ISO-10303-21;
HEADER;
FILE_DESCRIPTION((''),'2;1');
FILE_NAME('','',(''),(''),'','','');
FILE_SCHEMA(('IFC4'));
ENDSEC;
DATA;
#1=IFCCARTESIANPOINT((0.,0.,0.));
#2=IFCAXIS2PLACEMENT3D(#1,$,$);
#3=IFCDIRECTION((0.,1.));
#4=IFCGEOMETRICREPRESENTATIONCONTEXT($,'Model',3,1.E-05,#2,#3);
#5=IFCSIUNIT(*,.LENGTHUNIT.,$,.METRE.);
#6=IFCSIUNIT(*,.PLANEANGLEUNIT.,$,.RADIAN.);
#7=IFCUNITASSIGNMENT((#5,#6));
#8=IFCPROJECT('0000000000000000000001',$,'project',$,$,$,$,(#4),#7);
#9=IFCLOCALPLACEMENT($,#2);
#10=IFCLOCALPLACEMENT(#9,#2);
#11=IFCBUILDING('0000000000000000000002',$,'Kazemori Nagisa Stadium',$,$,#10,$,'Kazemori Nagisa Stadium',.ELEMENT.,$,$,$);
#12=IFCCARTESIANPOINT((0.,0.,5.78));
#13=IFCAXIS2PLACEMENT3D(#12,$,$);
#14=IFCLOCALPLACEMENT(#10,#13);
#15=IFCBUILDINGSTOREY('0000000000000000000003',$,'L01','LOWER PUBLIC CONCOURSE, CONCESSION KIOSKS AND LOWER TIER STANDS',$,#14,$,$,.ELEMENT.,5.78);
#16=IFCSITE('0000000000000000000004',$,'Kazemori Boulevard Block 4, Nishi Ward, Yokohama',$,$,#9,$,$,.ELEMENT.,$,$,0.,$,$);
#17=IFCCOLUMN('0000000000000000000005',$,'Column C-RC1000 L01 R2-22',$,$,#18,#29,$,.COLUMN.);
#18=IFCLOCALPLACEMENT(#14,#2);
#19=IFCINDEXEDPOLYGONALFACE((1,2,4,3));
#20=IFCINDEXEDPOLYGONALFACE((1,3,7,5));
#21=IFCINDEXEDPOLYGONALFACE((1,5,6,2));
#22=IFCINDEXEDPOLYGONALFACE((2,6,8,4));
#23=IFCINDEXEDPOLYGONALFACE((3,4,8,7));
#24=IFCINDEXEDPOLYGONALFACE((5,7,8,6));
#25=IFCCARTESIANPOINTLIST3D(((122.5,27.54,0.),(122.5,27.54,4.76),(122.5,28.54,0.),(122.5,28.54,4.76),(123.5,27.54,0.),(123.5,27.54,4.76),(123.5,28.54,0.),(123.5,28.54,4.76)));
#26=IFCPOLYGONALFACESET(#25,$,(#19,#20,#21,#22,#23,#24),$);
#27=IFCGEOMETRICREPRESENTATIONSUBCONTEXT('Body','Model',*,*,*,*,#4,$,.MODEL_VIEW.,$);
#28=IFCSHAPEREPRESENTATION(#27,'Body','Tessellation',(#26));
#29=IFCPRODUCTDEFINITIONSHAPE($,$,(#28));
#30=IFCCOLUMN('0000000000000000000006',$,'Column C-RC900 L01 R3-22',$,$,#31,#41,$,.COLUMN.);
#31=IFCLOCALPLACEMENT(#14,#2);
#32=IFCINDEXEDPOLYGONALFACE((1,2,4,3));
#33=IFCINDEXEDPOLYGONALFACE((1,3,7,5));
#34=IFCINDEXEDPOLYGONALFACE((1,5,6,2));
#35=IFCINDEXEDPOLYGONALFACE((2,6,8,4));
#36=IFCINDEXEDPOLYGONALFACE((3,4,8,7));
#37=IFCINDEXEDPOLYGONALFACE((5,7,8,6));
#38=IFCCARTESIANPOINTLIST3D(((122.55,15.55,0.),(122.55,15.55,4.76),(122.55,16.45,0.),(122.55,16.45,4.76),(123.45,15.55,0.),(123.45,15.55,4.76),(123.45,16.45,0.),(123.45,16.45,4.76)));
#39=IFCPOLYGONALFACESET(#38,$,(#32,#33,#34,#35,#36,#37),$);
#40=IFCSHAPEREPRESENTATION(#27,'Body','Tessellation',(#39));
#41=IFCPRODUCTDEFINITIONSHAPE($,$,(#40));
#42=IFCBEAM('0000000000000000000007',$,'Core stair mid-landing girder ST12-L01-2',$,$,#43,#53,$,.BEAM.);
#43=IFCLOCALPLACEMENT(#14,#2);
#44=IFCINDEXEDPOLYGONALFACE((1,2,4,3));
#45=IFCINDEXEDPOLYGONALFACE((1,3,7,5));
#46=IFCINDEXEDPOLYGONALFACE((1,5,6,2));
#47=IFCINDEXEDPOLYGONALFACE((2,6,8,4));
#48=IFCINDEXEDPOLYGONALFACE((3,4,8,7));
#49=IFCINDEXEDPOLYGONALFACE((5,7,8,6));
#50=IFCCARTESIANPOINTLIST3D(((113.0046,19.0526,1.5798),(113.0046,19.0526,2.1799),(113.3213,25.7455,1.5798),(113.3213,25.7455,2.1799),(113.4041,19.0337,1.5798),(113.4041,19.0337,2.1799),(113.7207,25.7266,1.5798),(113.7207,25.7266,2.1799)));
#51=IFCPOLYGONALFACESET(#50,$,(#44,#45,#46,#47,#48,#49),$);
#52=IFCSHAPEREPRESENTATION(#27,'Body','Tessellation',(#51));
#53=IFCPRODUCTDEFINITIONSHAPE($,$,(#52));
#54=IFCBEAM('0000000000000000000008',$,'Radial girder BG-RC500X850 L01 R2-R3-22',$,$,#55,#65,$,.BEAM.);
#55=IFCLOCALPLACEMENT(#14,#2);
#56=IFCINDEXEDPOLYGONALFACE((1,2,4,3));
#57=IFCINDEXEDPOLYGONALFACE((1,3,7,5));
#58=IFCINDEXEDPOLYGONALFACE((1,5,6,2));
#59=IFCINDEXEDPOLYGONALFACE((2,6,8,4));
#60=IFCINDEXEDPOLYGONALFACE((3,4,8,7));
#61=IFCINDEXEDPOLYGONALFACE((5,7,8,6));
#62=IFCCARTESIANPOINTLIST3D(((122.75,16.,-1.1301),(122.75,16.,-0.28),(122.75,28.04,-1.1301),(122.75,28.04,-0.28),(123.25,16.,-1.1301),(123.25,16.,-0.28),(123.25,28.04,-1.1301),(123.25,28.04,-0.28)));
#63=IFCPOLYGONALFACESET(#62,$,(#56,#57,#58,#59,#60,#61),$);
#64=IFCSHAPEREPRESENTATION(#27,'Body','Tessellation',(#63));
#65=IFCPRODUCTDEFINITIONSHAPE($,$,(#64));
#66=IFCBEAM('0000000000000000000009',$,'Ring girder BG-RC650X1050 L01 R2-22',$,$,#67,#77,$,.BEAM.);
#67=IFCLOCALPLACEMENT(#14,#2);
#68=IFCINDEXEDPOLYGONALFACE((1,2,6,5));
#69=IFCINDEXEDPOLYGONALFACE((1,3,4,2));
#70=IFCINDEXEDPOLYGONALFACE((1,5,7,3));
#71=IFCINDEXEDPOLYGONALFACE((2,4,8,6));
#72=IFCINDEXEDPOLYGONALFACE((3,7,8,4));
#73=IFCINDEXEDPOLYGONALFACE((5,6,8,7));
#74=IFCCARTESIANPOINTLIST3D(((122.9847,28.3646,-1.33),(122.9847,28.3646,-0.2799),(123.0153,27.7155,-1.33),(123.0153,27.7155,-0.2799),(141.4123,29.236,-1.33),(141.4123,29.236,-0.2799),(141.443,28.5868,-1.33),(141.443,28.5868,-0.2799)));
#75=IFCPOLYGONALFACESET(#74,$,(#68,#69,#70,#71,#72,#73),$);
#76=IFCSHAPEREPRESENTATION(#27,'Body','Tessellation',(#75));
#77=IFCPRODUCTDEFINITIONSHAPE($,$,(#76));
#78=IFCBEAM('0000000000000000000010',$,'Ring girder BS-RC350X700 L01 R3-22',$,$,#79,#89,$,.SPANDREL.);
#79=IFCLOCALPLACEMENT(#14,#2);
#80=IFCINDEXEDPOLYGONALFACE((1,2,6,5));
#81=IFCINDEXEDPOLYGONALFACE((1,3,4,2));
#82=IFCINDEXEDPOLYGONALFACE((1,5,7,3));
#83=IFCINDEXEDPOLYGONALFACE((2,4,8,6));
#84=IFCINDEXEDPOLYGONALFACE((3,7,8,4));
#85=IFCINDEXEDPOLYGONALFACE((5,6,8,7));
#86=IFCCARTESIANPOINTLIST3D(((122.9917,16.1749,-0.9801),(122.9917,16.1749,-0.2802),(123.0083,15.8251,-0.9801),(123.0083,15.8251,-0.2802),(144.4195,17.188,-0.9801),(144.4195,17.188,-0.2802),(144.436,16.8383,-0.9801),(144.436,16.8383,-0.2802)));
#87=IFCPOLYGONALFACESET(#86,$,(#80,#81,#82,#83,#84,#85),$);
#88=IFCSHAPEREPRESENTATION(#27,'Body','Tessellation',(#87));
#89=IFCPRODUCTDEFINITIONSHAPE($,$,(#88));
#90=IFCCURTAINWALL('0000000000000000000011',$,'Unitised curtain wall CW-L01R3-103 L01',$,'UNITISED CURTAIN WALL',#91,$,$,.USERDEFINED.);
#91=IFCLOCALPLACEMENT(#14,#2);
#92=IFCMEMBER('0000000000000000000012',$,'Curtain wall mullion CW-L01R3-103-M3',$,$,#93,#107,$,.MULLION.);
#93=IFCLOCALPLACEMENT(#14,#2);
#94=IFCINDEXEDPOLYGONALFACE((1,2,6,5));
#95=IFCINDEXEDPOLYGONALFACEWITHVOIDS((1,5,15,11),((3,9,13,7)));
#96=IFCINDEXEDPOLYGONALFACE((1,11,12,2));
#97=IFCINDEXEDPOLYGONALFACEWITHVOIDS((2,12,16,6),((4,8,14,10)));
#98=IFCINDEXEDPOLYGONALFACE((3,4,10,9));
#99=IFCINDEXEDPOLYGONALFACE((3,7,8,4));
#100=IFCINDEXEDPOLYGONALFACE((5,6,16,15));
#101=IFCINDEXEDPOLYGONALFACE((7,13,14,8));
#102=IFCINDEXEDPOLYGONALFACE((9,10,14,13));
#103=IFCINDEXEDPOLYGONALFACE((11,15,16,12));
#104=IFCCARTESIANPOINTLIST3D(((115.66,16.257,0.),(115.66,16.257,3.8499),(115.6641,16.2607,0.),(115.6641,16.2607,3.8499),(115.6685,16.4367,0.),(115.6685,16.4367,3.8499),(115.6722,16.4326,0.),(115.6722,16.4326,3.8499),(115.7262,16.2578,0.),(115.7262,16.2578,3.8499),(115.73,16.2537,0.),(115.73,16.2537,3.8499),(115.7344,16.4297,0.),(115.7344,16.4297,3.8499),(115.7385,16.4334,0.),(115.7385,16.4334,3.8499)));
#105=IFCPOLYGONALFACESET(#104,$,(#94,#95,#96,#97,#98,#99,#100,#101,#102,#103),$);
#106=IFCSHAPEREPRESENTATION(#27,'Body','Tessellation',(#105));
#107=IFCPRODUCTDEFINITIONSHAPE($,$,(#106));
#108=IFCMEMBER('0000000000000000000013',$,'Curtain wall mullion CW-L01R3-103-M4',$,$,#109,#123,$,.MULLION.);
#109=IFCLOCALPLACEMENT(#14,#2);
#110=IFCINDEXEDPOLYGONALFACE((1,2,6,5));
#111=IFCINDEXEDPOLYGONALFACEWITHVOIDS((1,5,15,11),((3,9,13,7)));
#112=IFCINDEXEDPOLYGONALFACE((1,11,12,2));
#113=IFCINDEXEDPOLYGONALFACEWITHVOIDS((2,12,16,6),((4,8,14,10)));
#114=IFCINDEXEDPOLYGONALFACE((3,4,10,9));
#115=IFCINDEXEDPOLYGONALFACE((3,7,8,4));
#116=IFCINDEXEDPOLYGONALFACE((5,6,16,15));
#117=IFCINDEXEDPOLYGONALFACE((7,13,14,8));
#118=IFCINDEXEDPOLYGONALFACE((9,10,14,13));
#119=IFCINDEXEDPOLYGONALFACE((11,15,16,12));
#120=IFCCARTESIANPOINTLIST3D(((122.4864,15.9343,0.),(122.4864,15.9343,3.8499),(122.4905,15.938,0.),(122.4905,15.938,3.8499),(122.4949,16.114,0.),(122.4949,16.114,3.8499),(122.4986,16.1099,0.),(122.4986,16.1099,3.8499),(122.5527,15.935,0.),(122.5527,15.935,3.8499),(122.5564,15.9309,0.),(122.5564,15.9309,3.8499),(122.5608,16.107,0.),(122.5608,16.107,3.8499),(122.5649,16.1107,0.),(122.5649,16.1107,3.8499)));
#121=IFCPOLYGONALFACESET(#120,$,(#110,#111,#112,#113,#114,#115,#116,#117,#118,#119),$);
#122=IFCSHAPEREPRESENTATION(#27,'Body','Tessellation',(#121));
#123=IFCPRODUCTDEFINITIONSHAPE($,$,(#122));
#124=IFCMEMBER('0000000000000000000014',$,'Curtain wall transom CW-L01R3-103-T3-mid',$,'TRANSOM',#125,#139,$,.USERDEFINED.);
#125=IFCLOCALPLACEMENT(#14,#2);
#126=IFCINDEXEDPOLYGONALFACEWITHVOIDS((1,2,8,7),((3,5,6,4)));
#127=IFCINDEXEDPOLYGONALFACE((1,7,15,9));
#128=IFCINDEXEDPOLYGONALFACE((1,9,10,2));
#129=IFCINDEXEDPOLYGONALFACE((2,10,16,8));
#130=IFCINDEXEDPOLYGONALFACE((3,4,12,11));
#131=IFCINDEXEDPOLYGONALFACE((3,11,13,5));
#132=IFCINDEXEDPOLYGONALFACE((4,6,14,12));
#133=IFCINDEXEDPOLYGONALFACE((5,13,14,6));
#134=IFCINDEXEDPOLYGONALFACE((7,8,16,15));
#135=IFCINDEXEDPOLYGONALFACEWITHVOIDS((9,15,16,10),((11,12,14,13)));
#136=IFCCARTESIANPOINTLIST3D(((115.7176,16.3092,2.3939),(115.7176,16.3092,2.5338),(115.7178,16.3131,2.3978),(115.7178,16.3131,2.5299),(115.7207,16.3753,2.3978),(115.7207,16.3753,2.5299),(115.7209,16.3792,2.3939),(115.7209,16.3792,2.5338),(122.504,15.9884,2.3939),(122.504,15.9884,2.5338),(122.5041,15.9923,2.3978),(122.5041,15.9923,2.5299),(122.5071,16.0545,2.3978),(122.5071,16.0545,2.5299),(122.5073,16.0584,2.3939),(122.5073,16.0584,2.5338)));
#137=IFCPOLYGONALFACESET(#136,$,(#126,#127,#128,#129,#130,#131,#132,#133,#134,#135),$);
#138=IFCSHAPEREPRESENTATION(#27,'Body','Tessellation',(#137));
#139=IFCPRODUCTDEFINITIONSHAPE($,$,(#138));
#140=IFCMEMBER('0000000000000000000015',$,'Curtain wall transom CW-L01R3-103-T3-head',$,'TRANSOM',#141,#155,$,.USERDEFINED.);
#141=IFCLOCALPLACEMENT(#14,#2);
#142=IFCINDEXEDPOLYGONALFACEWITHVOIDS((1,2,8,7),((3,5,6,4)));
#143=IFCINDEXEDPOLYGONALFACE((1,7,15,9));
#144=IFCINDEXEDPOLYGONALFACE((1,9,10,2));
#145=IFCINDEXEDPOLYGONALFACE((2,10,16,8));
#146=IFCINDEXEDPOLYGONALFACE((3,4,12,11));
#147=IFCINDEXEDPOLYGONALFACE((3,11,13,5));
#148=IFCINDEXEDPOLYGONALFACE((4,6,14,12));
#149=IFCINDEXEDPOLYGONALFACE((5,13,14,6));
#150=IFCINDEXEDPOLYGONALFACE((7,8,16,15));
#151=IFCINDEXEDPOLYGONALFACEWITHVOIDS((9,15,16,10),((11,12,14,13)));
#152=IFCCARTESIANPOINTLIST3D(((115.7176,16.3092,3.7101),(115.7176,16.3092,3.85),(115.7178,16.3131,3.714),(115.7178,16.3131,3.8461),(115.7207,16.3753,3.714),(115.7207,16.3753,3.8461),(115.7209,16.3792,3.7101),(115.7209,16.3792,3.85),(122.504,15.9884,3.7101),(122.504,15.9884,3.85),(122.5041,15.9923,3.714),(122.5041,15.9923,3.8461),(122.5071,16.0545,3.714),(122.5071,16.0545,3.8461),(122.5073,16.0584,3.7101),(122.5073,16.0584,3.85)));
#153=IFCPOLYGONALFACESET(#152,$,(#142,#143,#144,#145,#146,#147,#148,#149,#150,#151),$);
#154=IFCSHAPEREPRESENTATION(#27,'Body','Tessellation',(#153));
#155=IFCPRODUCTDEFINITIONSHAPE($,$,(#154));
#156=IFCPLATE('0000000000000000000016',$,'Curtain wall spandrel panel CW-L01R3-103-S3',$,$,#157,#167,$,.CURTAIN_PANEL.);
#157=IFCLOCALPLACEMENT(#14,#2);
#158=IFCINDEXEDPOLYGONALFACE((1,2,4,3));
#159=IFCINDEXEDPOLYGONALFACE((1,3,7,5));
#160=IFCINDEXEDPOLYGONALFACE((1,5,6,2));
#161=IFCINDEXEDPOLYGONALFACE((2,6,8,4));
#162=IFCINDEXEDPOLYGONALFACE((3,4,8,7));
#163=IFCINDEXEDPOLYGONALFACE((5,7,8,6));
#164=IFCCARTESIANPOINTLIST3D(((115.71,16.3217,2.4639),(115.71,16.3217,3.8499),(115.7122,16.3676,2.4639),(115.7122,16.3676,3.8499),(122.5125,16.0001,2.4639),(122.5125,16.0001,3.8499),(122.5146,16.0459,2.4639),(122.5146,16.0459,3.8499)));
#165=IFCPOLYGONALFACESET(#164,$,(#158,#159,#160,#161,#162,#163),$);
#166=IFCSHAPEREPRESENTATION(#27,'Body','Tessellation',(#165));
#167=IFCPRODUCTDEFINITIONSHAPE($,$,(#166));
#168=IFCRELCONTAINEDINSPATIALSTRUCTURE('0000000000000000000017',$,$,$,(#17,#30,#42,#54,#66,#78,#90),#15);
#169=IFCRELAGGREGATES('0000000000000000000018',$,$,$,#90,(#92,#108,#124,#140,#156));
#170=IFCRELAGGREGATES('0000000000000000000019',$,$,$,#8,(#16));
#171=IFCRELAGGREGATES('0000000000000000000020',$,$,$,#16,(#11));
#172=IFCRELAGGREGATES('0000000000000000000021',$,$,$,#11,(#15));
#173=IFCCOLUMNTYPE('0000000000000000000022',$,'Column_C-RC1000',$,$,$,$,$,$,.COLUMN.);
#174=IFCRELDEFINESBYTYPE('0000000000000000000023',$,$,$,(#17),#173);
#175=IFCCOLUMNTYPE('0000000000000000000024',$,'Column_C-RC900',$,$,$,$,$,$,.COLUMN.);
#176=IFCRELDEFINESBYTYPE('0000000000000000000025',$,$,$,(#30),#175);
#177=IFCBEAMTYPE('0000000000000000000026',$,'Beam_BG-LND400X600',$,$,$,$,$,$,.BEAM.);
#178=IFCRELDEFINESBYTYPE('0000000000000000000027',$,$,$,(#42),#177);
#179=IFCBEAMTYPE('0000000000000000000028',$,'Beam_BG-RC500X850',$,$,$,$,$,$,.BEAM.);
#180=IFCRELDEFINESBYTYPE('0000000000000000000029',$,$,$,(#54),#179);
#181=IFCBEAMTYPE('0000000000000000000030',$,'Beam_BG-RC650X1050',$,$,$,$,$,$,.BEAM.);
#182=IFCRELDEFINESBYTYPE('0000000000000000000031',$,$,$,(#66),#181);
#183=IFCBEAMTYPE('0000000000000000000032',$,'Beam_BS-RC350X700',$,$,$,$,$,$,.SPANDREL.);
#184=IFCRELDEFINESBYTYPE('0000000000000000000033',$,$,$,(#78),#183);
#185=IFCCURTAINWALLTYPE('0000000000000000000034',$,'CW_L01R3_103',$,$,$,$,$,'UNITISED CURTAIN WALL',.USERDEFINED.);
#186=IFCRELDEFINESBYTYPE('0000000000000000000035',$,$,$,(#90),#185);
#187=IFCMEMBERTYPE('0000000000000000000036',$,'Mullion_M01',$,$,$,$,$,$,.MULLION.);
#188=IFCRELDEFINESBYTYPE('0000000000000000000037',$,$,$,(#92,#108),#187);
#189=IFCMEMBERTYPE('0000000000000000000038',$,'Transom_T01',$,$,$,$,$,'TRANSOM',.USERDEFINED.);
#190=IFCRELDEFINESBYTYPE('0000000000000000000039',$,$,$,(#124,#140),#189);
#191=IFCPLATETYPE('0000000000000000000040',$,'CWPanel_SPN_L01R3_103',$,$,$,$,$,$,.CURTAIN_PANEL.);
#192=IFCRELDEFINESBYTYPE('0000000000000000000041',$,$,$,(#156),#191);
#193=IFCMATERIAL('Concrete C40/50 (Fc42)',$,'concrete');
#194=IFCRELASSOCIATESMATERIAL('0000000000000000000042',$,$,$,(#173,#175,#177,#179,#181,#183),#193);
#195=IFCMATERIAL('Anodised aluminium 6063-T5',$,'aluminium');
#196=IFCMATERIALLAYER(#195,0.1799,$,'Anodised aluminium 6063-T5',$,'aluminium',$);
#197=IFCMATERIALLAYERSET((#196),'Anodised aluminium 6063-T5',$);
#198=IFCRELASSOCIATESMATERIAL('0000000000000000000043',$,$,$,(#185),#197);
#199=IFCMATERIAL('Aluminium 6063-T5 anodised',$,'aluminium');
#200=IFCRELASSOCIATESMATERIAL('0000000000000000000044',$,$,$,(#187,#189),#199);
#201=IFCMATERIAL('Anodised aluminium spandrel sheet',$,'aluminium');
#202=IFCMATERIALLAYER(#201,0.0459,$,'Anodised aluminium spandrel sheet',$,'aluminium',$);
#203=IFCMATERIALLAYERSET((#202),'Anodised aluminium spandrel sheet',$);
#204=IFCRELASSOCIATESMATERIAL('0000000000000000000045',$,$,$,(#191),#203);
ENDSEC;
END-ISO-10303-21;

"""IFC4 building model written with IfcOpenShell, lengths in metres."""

from ifc_helpers import new_model, si_unit, direction, frame, origin, origin_2d, place, context, subcontext, project, spatial, rectangle, hollow_rectangle, extrude, material, layer, layer_set, material_profile, profile_set, type_object, element, aggregate, save


model = new_model("IFC4")

# Units and contexts
model_context = context("Model", 3, precision=1e-05, world=origin(), true_north=direction((0.0, 1.0)))
body_context = subcontext(model_context, "Body", "Model", "MODEL_VIEW")
ifc_project = project(units=[si_unit("LENGTHUNIT", "METRE"), si_unit("PLANEANGLEUNIT", "RADIAN")], contexts=[model_context])

# Site, building, storey
site_placement = place(None, origin())
site = spatial("IfcSite", under=ifc_project, at=site_placement, Name="Kazemori Boulevard Block 4, Nishi Ward, Yokohama", CompositionType="ELEMENT", RefElevation=0.0)
building_placement = place(site_placement, origin())
building = spatial("IfcBuilding", under=site, at=building_placement, Name="Kazemori Nagisa Stadium", LongName="Kazemori Nagisa Stadium", CompositionType="ELEMENT")
storey_placement = place(building_placement, frame((0.0, 0.0, 5.78)))
storey = spatial("IfcBuildingStorey", under=building, at=storey_placement, Name="L01", Description="LOWER PUBLIC CONCOURSE, CONCESSION KIOSKS AND LOWER TIER STANDS", CompositionType="ELEMENT", Elevation=5.78)

# Columns
ifc_material_1 = material(Name="Concrete C40/50 (Fc42)", Category="concrete")
ifc_material_profile_1 = material_profile(ifc_material_1, rectangle(XDim=1.0, YDim=1.0, at=origin_2d()), Name="RC-COL-1000x1000")
ifc_profile_set_1 = profile_set([ifc_material_profile_1], Name="Concrete C40/50 (Fc42)")
column_type_1 = type_object("IfcColumnType", Name="Column_C-RC1000", PredefinedType="COLUMN", material=ifc_profile_set_1)
column_1_placement = place(storey_placement, frame((123.0, 28.04, 0.0), z_axis=(0.0, 0.0, 1.0), x_axis=(0.0, -1.0, 0.0)))
element("IfcColumn", 1, at=column_1_placement, inside=storey, type_object=column_type_1, Name="Column C-RC1000 L01 R2-22", PredefinedType="COLUMN", context=body_context, shape_type="SweptSolid", body=[
    extrude(rectangle(XDim=1.0, YDim=1.0, at=origin_2d()), origin(), (0.0, 0.0, 1.0), 4.76),
])
ifc_material_profile_2 = material_profile(ifc_material_1, rectangle(XDim=0.8999, YDim=0.8999, at=origin_2d()), Name="RC-COL-900x900")
ifc_profile_set_2 = profile_set([ifc_material_profile_2], Name="Concrete C40/50 (Fc42)")
column_type_2 = type_object("IfcColumnType", Name="Column_C-RC900", PredefinedType="COLUMN", material=ifc_profile_set_2)
column_2_placement = place(storey_placement, frame((123.0, 16.0, 0.0), z_axis=(0.0, 0.0, 1.0), x_axis=(0.0, -1.0, 0.0)))
element("IfcColumn", 2, at=column_2_placement, inside=storey, type_object=column_type_2, Name="Column C-RC900 L01 R3-22", PredefinedType="COLUMN", context=body_context, shape_type="SweptSolid", body=[
    extrude(rectangle(XDim=0.8999, YDim=0.8999, at=origin_2d()), origin(), (0.0, 0.0, 1.0), 4.76),
])

# Beams
ifc_material_profile_3 = material_profile(ifc_material_1, rectangle(XDim=0.3999, YDim=0.6001, at=origin_2d()), Name="RC-BM-400x600")
ifc_profile_set_3 = profile_set([ifc_material_profile_3], Name="Concrete C40/50 (Fc42)")
beam_type_1 = type_object("IfcBeamType", Name="Beam_BG-LND400X600", PredefinedType="BEAM", material=ifc_profile_set_3)
beam_1_placement = place(storey_placement, frame((113.521, 25.7361, 1.8799), z_axis=(-0.047259, -0.998883, 0.0), x_axis=(0.998883, -0.047259, 0.0)))
element("IfcBeam", 3, at=beam_1_placement, inside=storey, type_object=beam_type_1, Name="Core stair mid-landing girder ST12-L01-2", PredefinedType="BEAM", context=body_context, shape_type="SweptSolid", body=[
    extrude(rectangle(XDim=0.3999, YDim=0.6001, at=origin_2d()), origin(), (0.0, 0.0, 1.0), 6.7004),
])
ifc_material_profile_4 = material_profile(ifc_material_1, rectangle(XDim=0.5, YDim=0.8501, at=origin_2d()), Name="RC-BM-500x850")
ifc_profile_set_4 = profile_set([ifc_material_profile_4], Name="Concrete C40/50 (Fc42)")
beam_type_2 = type_object("IfcBeamType", Name="Beam_BG-RC500X850", PredefinedType="BEAM", material=ifc_profile_set_4)
beam_2_placement = place(storey_placement, frame((123.0, 28.04, -0.7051), z_axis=(0.0, -1.0, 0.0), x_axis=(1.0, 0.0, 0.0)))
element("IfcBeam", 4, at=beam_2_placement, inside=storey, type_object=beam_type_2, Name="Radial girder BG-RC500X850 L01 R2-R3-22", PredefinedType="BEAM", context=body_context, shape_type="SweptSolid", body=[
    extrude(rectangle(XDim=0.5, YDim=0.8501, at=origin_2d()), origin(), (0.0, 0.0, 1.0), 12.04),
])
ifc_material_profile_5 = material_profile(ifc_material_1, rectangle(XDim=0.6499, YDim=1.05, at=origin_2d()), Name="RC-BM-650x1050")
ifc_profile_set_5 = profile_set([ifc_material_profile_5], Name="Concrete C40/50 (Fc42)")
beam_type_3 = type_object("IfcBeamType", Name="Beam_BG-RC650X1050", PredefinedType="BEAM", material=ifc_profile_set_5)
beam_3_placement = place(storey_placement, frame((123.0, 28.04, -0.8049), z_axis=(0.998884, 0.047231, 0.0), x_axis=(-0.047231, 0.998884, 0.0)))
element("IfcBeam", 5, at=beam_3_placement, inside=storey, type_object=beam_type_3, Name="Ring girder BG-RC650X1050 L01 R2-22", PredefinedType="BEAM", context=body_context, shape_type="SweptSolid", body=[
    extrude(rectangle(XDim=0.6499, YDim=1.05, at=origin_2d()), origin(), (0.0, 0.0, 1.0), 18.4482),
])
ifc_material_profile_6 = material_profile(ifc_material_1, rectangle(XDim=0.3501, YDim=0.7, at=origin_2d()), Name="RC-SP-350x700")
ifc_profile_set_6 = profile_set([ifc_material_profile_6], Name="Concrete C40/50 (Fc42)")
beam_type_4 = type_object("IfcBeamType", Name="Beam_BS-RC350X700", PredefinedType="SPANDREL", material=ifc_profile_set_6)
beam_4_placement = place(storey_placement, frame((123.0, 16.0, -0.6301), z_axis=(0.998884, 0.047231, 0.0), x_axis=(-0.047231, 0.998884, 0.0)))
element("IfcBeam", 6, at=beam_4_placement, inside=storey, type_object=beam_type_4, Name="Ring girder BS-RC350X700 L01 R3-22", PredefinedType="SPANDREL", context=body_context, shape_type="SweptSolid", body=[
    extrude(rectangle(XDim=0.3501, YDim=0.7, at=origin_2d()), origin(), (0.0, 0.0, 1.0), 21.4517),
])

# Curtain wall, members, plate
ifc_material_2 = material(Name="Anodised aluminium 6063-T5", Category="aluminium")
ifc_layer_1 = layer(ifc_material_2, 0.1799, Name="Anodised aluminium 6063-T5", Category="aluminium")
ifc_layer_set_1 = layer_set([ifc_layer_1], Name="Anodised aluminium 6063-T5")
curtain_wall_type = type_object("IfcCurtainWallType", Name="CW_L01R3_103", ElementType="UNITISED CURTAIN WALL", PredefinedType="USERDEFINED", material=ifc_layer_set_1)
curtain_wall_placement = place(storey_placement, origin())
curtain_wall = element("IfcCurtainWall", 7, at=curtain_wall_placement, inside=storey, type_object=curtain_wall_type, Name="Unitised curtain wall CW-L01R3-103 L01", ObjectType="UNITISED CURTAIN WALL", PredefinedType="USERDEFINED")
ifc_material_3 = material(Name="Aluminium 6063-T5 anodised", Category="aluminium")
ifc_material_profile_7 = material_profile(ifc_material_3, hollow_rectangle(XDim=0.0701, YDim=0.1799, WallThickness=0.0039, at=origin_2d()), Name="ALU-MULL-70x180x4")
ifc_profile_set_7 = profile_set([ifc_material_profile_7], Name="Aluminium 6063-T5 anodised")
member_type_1 = type_object("IfcMemberType", Name="Mullion_M01", PredefinedType="MULLION", material=ifc_profile_set_7)
member_1_placement = place(storey_placement, frame((115.6992, 16.3452, 0.0), z_axis=(0.0, 0.0, 1.0), x_axis=(0.998884, -0.04723, 0.0)))
member_1 = element("IfcMember", 8, at=member_1_placement, type_object=member_type_1, Name="Curtain wall mullion CW-L01R3-103-M3", PredefinedType="MULLION", context=body_context, shape_type="SweptSolid", body=[
    extrude(hollow_rectangle(XDim=0.0701, YDim=0.1799, WallThickness=0.0039, at=origin_2d()), origin(), (0.0, 0.0, 1.0), 3.8499),
])
member_2_placement = place(storey_placement, frame((122.5256, 16.0225, 0.0), z_axis=(0.0, 0.0, 1.0), x_axis=(0.998884, -0.04723, 0.0)))
member_2 = element("IfcMember", 9, at=member_2_placement, type_object=member_type_1, Name="Curtain wall mullion CW-L01R3-103-M4", PredefinedType="MULLION", context=body_context, shape_type="SweptSolid", body=[
    extrude(hollow_rectangle(XDim=0.0701, YDim=0.1799, WallThickness=0.0039, at=origin_2d()), origin(), (0.0, 0.0, 1.0), 3.8499),
])
ifc_material_profile_8 = material_profile(ifc_material_3, hollow_rectangle(XDim=0.0701, YDim=0.1399, WallThickness=0.0039, at=origin_2d()), Name="ALU-TRAN-70x140x4")
ifc_profile_set_8 = profile_set([ifc_material_profile_8], Name="Aluminium 6063-T5 anodised")
member_type_2 = type_object("IfcMemberType", Name="Transom_T01", ElementType="TRANSOM", PredefinedType="USERDEFINED", material=ifc_profile_set_8)
member_3_placement = place(storey_placement, frame((115.7192, 16.3442, 2.4639), z_axis=(0.998885, -0.047219, 0.0), x_axis=(0.047219, 0.998885, 0.0)))
member_3 = element("IfcMember", 10, at=member_3_placement, type_object=member_type_2, Name="Curtain wall transom CW-L01R3-103-T3-mid", ObjectType="TRANSOM", PredefinedType="USERDEFINED", context=body_context, shape_type="SweptSolid", body=[
    extrude(hollow_rectangle(XDim=0.0701, YDim=0.1399, WallThickness=0.0039, at=origin_2d()), origin(), (0.0, 0.0, 1.0), 6.7939),
])
member_4_placement = place(storey_placement, frame((115.7192, 16.3442, 3.78), z_axis=(0.998885, -0.047219, 0.0), x_axis=(0.047219, 0.998885, 0.0)))
member_4 = element("IfcMember", 11, at=member_4_placement, type_object=member_type_2, Name="Curtain wall transom CW-L01R3-103-T3-head", ObjectType="TRANSOM", PredefinedType="USERDEFINED", context=body_context, shape_type="SweptSolid", body=[
    extrude(hollow_rectangle(XDim=0.0701, YDim=0.1399, WallThickness=0.0039, at=origin_2d()), origin(), (0.0, 0.0, 1.0), 6.7939),
])
ifc_material_4 = material(Name="Anodised aluminium spandrel sheet", Category="aluminium")
ifc_layer_2 = layer(ifc_material_4, 0.0459, Name="Anodised aluminium spandrel sheet", Category="aluminium")
ifc_layer_set_2 = layer_set([ifc_layer_2], Name="Anodised aluminium spandrel sheet")
plate_type_1 = type_object("IfcPlateType", Name="CWPanel_SPN_L01R3_103", PredefinedType="CURTAIN_PANEL", material=ifc_layer_set_2)
plate_1_placement = place(storey_placement, frame((119.1123, 16.1838, 2.4639), z_axis=(0.0, 0.0, 1.0), x_axis=(0.998884, -0.04723, 0.0)))
plate_1 = element("IfcPlate", 12, at=plate_1_placement, type_object=plate_type_1, Name="Curtain wall spandrel panel CW-L01R3-103-S3", PredefinedType="CURTAIN_PANEL", context=body_context, shape_type="SweptSolid", body=[
    extrude(rectangle(XDim=6.8101, YDim=0.0459, at=origin_2d()), origin(), (0.0, 0.0, 1.0), 1.386),
])
aggregate(curtain_wall, [member_1, member_2, member_3, member_4, plate_1])

save(model, "model.ifc")
